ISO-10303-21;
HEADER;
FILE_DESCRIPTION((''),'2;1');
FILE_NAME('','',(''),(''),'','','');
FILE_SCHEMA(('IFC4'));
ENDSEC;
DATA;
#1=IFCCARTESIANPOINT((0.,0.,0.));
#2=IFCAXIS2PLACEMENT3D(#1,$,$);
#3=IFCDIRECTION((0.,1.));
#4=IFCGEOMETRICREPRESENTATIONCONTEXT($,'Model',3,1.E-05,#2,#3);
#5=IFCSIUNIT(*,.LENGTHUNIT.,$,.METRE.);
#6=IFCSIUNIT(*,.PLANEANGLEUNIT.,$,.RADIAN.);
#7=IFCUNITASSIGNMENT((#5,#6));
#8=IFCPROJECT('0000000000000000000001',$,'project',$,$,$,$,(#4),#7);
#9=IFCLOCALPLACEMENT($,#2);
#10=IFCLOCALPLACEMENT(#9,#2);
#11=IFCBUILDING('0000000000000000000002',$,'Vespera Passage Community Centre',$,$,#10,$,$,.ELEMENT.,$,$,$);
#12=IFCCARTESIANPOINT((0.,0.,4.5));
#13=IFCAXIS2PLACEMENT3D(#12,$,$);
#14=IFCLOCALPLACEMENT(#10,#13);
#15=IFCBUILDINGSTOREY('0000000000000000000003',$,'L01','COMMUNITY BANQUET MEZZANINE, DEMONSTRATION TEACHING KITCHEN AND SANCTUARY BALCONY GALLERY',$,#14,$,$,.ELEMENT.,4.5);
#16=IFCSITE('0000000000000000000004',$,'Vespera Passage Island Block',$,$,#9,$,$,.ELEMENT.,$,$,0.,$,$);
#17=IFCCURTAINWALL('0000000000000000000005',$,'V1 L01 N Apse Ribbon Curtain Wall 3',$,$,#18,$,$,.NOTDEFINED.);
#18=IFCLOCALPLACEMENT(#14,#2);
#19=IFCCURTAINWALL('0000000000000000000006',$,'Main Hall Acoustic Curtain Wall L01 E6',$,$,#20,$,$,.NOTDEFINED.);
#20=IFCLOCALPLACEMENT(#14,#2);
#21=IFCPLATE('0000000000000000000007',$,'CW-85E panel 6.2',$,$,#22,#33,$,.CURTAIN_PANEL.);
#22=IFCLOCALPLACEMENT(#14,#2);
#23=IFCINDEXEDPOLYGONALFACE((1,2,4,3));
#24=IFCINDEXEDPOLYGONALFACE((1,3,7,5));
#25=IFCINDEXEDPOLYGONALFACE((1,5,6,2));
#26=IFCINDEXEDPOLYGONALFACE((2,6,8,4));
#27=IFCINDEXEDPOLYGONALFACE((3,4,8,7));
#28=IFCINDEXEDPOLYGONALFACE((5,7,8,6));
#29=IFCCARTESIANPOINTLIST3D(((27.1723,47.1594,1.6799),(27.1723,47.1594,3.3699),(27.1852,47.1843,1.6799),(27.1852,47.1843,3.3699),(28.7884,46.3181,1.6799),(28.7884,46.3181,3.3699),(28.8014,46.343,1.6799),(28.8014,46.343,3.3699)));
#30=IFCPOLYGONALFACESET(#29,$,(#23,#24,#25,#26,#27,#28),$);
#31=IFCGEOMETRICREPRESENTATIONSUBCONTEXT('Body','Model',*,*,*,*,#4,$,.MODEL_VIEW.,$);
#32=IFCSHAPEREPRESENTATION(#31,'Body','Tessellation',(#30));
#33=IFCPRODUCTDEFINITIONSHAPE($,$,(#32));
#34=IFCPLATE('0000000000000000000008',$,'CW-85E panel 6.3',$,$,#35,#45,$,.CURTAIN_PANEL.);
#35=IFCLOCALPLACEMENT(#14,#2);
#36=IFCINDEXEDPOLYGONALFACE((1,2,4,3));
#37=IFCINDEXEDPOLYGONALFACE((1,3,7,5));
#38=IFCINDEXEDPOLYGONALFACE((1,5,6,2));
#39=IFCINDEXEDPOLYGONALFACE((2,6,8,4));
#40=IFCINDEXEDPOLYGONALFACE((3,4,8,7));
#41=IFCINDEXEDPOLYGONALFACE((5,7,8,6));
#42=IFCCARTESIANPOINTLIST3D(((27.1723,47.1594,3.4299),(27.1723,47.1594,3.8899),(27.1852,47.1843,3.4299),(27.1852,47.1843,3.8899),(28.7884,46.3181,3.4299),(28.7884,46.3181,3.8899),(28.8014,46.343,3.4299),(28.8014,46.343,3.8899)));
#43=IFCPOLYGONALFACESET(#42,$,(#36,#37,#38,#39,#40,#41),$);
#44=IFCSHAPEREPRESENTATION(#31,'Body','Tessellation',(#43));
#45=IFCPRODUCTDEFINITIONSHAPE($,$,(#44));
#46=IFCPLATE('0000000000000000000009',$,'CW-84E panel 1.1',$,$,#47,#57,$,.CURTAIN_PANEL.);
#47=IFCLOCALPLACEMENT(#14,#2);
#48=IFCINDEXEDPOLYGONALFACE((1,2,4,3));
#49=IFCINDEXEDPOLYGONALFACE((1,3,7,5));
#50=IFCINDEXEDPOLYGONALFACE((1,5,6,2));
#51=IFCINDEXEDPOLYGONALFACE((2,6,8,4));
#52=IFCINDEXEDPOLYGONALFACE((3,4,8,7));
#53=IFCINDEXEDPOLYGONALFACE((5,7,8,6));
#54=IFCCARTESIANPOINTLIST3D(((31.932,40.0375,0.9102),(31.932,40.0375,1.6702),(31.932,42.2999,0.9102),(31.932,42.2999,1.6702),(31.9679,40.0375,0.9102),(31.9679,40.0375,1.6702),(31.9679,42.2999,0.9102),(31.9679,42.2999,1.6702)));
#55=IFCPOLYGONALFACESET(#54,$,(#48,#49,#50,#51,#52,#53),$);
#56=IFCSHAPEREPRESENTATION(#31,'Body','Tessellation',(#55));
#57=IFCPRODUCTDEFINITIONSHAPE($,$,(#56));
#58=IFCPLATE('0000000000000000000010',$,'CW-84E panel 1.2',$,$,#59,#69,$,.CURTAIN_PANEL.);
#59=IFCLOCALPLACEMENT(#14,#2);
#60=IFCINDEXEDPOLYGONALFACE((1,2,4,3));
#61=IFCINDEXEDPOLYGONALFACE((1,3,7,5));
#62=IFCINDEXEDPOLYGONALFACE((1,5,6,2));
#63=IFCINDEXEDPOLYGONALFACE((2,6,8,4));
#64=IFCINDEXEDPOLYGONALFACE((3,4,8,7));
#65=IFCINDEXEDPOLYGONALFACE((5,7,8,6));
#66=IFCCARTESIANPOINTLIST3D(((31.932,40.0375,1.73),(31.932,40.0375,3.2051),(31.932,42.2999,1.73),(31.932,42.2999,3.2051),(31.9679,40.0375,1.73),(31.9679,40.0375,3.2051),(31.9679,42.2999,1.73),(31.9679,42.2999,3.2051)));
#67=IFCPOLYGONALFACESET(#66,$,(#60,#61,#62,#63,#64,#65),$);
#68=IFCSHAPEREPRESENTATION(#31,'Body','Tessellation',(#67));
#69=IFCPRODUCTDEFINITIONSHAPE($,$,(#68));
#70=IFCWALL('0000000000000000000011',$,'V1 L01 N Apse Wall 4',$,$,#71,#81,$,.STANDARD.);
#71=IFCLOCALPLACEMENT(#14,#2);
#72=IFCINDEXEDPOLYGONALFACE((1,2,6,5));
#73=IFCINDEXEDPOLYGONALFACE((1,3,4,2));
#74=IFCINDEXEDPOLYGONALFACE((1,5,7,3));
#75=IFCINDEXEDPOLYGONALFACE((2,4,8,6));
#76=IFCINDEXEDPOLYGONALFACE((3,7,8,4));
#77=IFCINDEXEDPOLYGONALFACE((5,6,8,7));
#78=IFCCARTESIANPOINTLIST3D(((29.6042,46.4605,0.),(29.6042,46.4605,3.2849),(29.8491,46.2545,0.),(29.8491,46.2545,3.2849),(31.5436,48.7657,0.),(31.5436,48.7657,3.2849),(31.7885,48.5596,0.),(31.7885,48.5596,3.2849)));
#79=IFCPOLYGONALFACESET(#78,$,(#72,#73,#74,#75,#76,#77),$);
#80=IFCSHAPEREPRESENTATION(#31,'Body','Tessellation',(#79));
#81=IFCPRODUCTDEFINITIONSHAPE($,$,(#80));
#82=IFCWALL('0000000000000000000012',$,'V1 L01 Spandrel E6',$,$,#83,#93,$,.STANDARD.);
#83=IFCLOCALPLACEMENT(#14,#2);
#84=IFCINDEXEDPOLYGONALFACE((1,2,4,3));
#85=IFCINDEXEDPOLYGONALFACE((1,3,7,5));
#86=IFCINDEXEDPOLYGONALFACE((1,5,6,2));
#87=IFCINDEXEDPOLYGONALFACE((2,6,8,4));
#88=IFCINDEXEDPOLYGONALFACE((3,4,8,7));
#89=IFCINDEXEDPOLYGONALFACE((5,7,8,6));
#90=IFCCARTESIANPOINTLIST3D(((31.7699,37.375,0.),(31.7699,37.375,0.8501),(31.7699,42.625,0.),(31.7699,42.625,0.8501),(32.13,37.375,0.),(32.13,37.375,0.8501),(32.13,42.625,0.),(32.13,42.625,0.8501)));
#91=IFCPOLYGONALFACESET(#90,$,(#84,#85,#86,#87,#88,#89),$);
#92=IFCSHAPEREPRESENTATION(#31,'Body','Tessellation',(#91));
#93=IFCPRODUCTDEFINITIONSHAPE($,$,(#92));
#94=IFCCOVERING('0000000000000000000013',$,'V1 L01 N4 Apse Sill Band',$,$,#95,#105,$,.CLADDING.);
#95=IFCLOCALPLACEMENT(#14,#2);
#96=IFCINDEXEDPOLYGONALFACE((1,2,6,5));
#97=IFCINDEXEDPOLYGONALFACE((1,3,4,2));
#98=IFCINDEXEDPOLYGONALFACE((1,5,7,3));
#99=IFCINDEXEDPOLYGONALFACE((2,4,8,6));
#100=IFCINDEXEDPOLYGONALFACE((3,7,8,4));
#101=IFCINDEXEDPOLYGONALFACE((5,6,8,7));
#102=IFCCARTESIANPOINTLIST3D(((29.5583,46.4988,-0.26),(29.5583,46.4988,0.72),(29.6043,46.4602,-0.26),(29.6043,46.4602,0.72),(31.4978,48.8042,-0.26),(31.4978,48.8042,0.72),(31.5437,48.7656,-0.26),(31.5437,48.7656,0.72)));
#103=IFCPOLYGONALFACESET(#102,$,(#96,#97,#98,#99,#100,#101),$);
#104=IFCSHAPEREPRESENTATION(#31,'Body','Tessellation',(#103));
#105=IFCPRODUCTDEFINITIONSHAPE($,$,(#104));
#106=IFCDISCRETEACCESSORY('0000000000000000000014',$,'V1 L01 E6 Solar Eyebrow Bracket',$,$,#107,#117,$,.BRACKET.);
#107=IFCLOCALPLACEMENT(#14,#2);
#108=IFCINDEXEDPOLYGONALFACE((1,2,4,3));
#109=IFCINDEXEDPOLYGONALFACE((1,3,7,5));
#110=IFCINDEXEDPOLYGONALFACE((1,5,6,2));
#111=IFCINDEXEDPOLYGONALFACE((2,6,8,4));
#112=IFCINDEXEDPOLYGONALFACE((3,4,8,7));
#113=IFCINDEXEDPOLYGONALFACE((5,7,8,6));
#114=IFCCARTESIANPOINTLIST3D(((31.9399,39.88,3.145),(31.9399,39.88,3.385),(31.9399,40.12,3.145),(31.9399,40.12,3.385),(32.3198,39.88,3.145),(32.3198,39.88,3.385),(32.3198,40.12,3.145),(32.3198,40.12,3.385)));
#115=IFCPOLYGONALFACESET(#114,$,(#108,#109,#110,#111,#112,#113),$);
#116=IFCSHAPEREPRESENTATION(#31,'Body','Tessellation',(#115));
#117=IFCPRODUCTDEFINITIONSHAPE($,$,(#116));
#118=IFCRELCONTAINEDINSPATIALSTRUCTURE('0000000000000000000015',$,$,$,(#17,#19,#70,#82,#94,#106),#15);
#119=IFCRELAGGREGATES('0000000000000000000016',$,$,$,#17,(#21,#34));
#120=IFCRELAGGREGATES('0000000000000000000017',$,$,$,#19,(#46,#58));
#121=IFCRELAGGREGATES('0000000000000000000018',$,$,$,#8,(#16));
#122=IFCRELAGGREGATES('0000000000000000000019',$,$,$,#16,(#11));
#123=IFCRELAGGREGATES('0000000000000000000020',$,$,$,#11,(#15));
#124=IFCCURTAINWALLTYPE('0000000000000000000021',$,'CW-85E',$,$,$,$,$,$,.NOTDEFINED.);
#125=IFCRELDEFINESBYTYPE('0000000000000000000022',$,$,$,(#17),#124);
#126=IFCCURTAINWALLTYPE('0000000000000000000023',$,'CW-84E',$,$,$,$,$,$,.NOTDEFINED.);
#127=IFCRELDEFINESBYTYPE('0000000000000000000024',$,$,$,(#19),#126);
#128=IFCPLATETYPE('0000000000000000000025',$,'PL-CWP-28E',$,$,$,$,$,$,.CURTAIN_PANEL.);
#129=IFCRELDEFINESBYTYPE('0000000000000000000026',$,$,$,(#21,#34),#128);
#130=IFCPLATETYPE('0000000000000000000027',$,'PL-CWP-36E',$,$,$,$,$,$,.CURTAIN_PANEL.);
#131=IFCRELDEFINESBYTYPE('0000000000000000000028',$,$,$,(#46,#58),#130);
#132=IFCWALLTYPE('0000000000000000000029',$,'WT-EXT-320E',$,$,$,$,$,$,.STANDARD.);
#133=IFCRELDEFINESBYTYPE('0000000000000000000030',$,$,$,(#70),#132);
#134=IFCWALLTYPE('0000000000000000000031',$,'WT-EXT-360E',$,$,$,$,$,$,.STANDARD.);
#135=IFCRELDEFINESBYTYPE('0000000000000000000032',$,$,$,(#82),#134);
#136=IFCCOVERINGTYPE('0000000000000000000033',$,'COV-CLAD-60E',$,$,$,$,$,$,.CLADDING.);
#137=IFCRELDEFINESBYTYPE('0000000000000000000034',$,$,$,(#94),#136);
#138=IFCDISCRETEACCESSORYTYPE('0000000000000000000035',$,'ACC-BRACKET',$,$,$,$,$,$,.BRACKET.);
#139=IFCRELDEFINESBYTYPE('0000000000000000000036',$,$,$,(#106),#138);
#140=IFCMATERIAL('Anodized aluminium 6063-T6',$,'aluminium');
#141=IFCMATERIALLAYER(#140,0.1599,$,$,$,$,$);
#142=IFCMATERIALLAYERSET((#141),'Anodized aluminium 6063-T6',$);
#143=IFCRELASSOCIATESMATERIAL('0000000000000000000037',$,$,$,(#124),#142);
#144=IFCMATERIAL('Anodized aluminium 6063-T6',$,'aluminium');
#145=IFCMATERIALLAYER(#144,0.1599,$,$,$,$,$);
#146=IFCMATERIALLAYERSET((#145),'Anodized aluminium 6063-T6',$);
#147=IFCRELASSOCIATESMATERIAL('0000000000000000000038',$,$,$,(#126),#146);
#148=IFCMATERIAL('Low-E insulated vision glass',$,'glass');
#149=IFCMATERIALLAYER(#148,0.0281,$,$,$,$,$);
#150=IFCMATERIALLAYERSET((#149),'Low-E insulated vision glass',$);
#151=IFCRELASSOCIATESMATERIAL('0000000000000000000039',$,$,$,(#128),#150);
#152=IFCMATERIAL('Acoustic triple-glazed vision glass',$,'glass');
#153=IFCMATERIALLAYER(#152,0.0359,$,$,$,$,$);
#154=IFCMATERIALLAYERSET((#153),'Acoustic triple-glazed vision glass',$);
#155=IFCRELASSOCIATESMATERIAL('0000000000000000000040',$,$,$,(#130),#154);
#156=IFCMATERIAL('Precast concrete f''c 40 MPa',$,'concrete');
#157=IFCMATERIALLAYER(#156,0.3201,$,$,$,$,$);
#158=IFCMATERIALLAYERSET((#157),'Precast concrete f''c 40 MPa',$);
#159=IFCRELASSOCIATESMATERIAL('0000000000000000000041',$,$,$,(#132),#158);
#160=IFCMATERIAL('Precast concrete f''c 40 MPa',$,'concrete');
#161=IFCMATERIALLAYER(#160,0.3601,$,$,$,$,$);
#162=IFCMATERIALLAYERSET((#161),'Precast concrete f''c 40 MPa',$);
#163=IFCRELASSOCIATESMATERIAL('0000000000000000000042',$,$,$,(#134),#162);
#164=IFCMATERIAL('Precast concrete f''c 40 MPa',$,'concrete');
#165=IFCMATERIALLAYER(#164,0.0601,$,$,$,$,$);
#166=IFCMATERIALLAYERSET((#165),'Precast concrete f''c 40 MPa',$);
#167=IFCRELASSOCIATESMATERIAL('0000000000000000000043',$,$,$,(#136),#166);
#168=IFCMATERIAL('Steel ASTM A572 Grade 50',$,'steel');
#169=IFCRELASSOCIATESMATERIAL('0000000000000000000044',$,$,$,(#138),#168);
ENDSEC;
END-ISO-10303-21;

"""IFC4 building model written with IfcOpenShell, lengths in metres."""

from ifc_helpers import new_model, si_unit, direction, frame, frame_2d, origin, origin_2d, place, context, subcontext, project, spatial, rectangle, extrude, material, layer, layer_set, type_object, element, aggregate, save


model = new_model("IFC4")

# Units and contexts
model_context = context("Model", 3, precision=1e-05, world=origin(), true_north=direction((0.0, 1.0)))
body_context = subcontext(model_context, "Body", "Model", "MODEL_VIEW")
ifc_project = project(units=[si_unit("LENGTHUNIT", "METRE"), si_unit("PLANEANGLEUNIT", "RADIAN")], contexts=[model_context])

# Site, building, storey
site_placement = place(None, origin())
site = spatial("IfcSite", under=ifc_project, at=site_placement, Name="Vespera Passage Island Block", CompositionType="ELEMENT", RefElevation=0.0)
building_placement = place(site_placement, origin())
building = spatial("IfcBuilding", under=site, at=building_placement, Name="Vespera Passage Community Centre", CompositionType="ELEMENT")
storey_placement = place(building_placement, frame((0.0, 0.0, 4.5)))
storey = spatial("IfcBuildingStorey", under=building, at=storey_placement, Name="L01", Description="COMMUNITY BANQUET MEZZANINE, DEMONSTRATION TEACHING KITCHEN AND SANCTUARY BALCONY GALLERY", CompositionType="ELEMENT", Elevation=4.5)

# Curtain walls
ifc_material_1 = material(Name="Anodized aluminium 6063-T6", Category="aluminium")
ifc_layer_1 = layer(ifc_material_1, 0.1599)
ifc_layer_set_1 = layer_set([ifc_layer_1], Name="Anodized aluminium 6063-T6")
curtain_wall_type_1 = type_object("IfcCurtainWallType", Name="CW-85E", PredefinedType="NOTDEFINED", material=ifc_layer_set_1)
curtain_wall_1_placement = place(storey_placement, origin())
curtain_wall_1 = element("IfcCurtainWall", 1, at=curtain_wall_1_placement, inside=storey, type_object=curtain_wall_type_1, Name="V1 L01 N Apse Ribbon Curtain Wall 3", PredefinedType="NOTDEFINED")
ifc_material_2 = material(Name="Anodized aluminium 6063-T6", Category="aluminium")
ifc_layer_2 = layer(ifc_material_2, 0.1599)
ifc_layer_set_2 = layer_set([ifc_layer_2], Name="Anodized aluminium 6063-T6")
curtain_wall_type_2 = type_object("IfcCurtainWallType", Name="CW-84E", PredefinedType="NOTDEFINED", material=ifc_layer_set_2)
curtain_wall_2_placement = place(storey_placement, origin())
curtain_wall_2 = element("IfcCurtainWall", 2, at=curtain_wall_2_placement, inside=storey, type_object=curtain_wall_type_2, Name="Main Hall Acoustic Curtain Wall L01 E6", PredefinedType="NOTDEFINED")

# Plates
ifc_material_3 = material(Name="Low-E insulated vision glass", Category="glass")
ifc_layer_3 = layer(ifc_material_3, 0.0281)
ifc_layer_set_3 = layer_set([ifc_layer_3], Name="Low-E insulated vision glass")
plate_type_1 = type_object("IfcPlateType", Name="PL-CWP-28E", PredefinedType="CURTAIN_PANEL", material=ifc_layer_set_3)
plate_1_placement = place(storey_placement, frame((27.9868, 46.7512, 1.6799), z_axis=(0.0, 0.0, 1.0), x_axis=(0.887013, -0.461745, 0.0)))
plate_1 = element("IfcPlate", 3, at=plate_1_placement, type_object=plate_type_1, Name="CW-85E panel 6.2", PredefinedType="CURTAIN_PANEL", context=body_context, shape_type="SweptSolid", body=[
    extrude(rectangle(XDim=1.822, YDim=0.0281, at=origin_2d()), origin(), (0.0, 0.0, 1.0), 1.6899),
])
plate_2_placement = place(storey_placement, frame((27.9868, 46.7512, 3.4299), z_axis=(0.0, 0.0, 1.0), x_axis=(0.887013, -0.461745, 0.0)))
plate_2 = element("IfcPlate", 4, at=plate_2_placement, type_object=plate_type_1, Name="CW-85E panel 6.3", PredefinedType="CURTAIN_PANEL", context=body_context, shape_type="SweptSolid", body=[
    extrude(rectangle(XDim=1.822, YDim=0.0281, at=origin_2d()), origin(), (0.0, 0.0, 1.0), 0.46),
])
aggregate(curtain_wall_1, [plate_1, plate_2])
ifc_material_4 = material(Name="Acoustic triple-glazed vision glass", Category="glass")
ifc_layer_4 = layer(ifc_material_4, 0.0359)
ifc_layer_set_4 = layer_set([ifc_layer_4], Name="Acoustic triple-glazed vision glass")
plate_type_2 = type_object("IfcPlateType", Name="PL-CWP-36E", PredefinedType="CURTAIN_PANEL", material=ifc_layer_set_4)
plate_3_placement = place(storey_placement, frame((31.95, 41.1687, 0.9102), z_axis=(0.0, 0.0, 1.0), x_axis=(0.0, -1.0, 0.0)))
plate_3 = element("IfcPlate", 5, at=plate_3_placement, type_object=plate_type_2, Name="CW-84E panel 1.1", PredefinedType="CURTAIN_PANEL", context=body_context, shape_type="SweptSolid", body=[
    extrude(rectangle(XDim=2.2625, YDim=0.0359, at=origin_2d()), origin(), (0.0, 0.0, 1.0), 0.76),
])
plate_4_placement = place(storey_placement, frame((31.95, 41.1687, 1.73), z_axis=(0.0, 0.0, 1.0), x_axis=(0.0, -1.0, 0.0)))
plate_4 = element("IfcPlate", 6, at=plate_4_placement, type_object=plate_type_2, Name="CW-84E panel 1.2", PredefinedType="CURTAIN_PANEL", context=body_context, shape_type="SweptSolid", body=[
    extrude(rectangle(XDim=2.2625, YDim=0.0359, at=origin_2d()), origin(), (0.0, 0.0, 1.0), 1.4751),
])
aggregate(curtain_wall_2, [plate_3, plate_4])

# Walls
ifc_material_5 = material(Name="Precast concrete f'c 40 MPa", Category="concrete")
ifc_layer_5 = layer(ifc_material_5, 0.3201)
ifc_layer_set_5 = layer_set([ifc_layer_5], Name="Precast concrete f'c 40 MPa")
wall_type_1 = type_object("IfcWallType", Name="WT-EXT-320E", PredefinedType="STANDARD", material=ifc_layer_set_5)
wall_1_placement = place(storey_placement, frame((29.7266, 46.3574, 0.0), z_axis=(0.0, 0.0, 1.0), x_axis=(0.643796, 0.765197, 0.0)))
element("IfcWall", 7, at=wall_1_placement, inside=storey, type_object=wall_type_1, Name="V1 L01 N Apse Wall 4", PredefinedType="STANDARD", context=body_context, shape_type="SweptSolid", body=[
    extrude(rectangle(XDim=3.0125, YDim=0.3201, at=frame_2d((1.5063, 0.0))), origin(), (0.0, 0.0, 1.0), 3.2849),
])
ifc_material_6 = material(Name="Precast concrete f'c 40 MPa", Category="concrete")
ifc_layer_6 = layer(ifc_material_6, 0.3601)
ifc_layer_set_6 = layer_set([ifc_layer_6], Name="Precast concrete f'c 40 MPa")
wall_type_2 = type_object("IfcWallType", Name="WT-EXT-360E", PredefinedType="STANDARD", material=ifc_layer_set_6)
wall_2_placement = place(storey_placement, frame((31.95, 42.625, 0.0), z_axis=(0.0, 0.0, 1.0), x_axis=(0.0, -1.0, 0.0)))
element("IfcWall", 8, at=wall_2_placement, inside=storey, type_object=wall_type_2, Name="V1 L01 Spandrel E6", PredefinedType="STANDARD", context=body_context, shape_type="SweptSolid", body=[
    extrude(rectangle(XDim=5.25, YDim=0.3601, at=frame_2d((2.625, 0.0))), origin(), (0.0, 0.0, 1.0), 0.8501),
])

# Covering
ifc_material_7 = material(Name="Precast concrete f'c 40 MPa", Category="concrete")
ifc_layer_7 = layer(ifc_material_7, 0.0601)
ifc_layer_set_7 = layer_set([ifc_layer_7], Name="Precast concrete f'c 40 MPa")
covering_type = type_object("IfcCoveringType", Name="COV-CLAD-60E", PredefinedType="CLADDING", material=ifc_layer_set_7)
covering_placement = place(storey_placement, frame((29.5813, 46.4795, -0.26), z_axis=(0.0, 0.0, 1.0), x_axis=(0.643756, 0.765231, 0.0)))
element("IfcCovering", 9, at=covering_placement, inside=storey, type_object=covering_type, Name="V1 L01 N4 Apse Sill Band", PredefinedType="CLADDING", context=body_context, shape_type="SweptSolid", body=[
    extrude(rectangle(XDim=3.0127, YDim=0.0601, at=frame_2d((1.5063, 0.0))), origin(), (0.0, 0.0, 1.0), 0.98),
])

# Discrete accessory
ifc_material_8 = material(Name="Steel ASTM A572 Grade 50", Category="steel")
discrete_accessory_type = type_object("IfcDiscreteAccessoryType", Name="ACC-BRACKET", PredefinedType="BRACKET", material=ifc_material_8)
discrete_accessory_placement = place(storey_placement, frame((32.1299, 40.0, 3.145), z_axis=(0.0, 0.0, 1.0), x_axis=(0.0, -1.0, 0.0)))
element("IfcDiscreteAccessory", 10, at=discrete_accessory_placement, inside=storey, type_object=discrete_accessory_type, Name="V1 L01 E6 Solar Eyebrow Bracket", PredefinedType="BRACKET", context=body_context, shape_type="SweptSolid", body=[
    extrude(rectangle(XDim=0.24, YDim=0.3799, at=origin_2d()), origin(), (0.0, 0.0, 1.0), 0.24),
])

save(model, "model.ifc")
